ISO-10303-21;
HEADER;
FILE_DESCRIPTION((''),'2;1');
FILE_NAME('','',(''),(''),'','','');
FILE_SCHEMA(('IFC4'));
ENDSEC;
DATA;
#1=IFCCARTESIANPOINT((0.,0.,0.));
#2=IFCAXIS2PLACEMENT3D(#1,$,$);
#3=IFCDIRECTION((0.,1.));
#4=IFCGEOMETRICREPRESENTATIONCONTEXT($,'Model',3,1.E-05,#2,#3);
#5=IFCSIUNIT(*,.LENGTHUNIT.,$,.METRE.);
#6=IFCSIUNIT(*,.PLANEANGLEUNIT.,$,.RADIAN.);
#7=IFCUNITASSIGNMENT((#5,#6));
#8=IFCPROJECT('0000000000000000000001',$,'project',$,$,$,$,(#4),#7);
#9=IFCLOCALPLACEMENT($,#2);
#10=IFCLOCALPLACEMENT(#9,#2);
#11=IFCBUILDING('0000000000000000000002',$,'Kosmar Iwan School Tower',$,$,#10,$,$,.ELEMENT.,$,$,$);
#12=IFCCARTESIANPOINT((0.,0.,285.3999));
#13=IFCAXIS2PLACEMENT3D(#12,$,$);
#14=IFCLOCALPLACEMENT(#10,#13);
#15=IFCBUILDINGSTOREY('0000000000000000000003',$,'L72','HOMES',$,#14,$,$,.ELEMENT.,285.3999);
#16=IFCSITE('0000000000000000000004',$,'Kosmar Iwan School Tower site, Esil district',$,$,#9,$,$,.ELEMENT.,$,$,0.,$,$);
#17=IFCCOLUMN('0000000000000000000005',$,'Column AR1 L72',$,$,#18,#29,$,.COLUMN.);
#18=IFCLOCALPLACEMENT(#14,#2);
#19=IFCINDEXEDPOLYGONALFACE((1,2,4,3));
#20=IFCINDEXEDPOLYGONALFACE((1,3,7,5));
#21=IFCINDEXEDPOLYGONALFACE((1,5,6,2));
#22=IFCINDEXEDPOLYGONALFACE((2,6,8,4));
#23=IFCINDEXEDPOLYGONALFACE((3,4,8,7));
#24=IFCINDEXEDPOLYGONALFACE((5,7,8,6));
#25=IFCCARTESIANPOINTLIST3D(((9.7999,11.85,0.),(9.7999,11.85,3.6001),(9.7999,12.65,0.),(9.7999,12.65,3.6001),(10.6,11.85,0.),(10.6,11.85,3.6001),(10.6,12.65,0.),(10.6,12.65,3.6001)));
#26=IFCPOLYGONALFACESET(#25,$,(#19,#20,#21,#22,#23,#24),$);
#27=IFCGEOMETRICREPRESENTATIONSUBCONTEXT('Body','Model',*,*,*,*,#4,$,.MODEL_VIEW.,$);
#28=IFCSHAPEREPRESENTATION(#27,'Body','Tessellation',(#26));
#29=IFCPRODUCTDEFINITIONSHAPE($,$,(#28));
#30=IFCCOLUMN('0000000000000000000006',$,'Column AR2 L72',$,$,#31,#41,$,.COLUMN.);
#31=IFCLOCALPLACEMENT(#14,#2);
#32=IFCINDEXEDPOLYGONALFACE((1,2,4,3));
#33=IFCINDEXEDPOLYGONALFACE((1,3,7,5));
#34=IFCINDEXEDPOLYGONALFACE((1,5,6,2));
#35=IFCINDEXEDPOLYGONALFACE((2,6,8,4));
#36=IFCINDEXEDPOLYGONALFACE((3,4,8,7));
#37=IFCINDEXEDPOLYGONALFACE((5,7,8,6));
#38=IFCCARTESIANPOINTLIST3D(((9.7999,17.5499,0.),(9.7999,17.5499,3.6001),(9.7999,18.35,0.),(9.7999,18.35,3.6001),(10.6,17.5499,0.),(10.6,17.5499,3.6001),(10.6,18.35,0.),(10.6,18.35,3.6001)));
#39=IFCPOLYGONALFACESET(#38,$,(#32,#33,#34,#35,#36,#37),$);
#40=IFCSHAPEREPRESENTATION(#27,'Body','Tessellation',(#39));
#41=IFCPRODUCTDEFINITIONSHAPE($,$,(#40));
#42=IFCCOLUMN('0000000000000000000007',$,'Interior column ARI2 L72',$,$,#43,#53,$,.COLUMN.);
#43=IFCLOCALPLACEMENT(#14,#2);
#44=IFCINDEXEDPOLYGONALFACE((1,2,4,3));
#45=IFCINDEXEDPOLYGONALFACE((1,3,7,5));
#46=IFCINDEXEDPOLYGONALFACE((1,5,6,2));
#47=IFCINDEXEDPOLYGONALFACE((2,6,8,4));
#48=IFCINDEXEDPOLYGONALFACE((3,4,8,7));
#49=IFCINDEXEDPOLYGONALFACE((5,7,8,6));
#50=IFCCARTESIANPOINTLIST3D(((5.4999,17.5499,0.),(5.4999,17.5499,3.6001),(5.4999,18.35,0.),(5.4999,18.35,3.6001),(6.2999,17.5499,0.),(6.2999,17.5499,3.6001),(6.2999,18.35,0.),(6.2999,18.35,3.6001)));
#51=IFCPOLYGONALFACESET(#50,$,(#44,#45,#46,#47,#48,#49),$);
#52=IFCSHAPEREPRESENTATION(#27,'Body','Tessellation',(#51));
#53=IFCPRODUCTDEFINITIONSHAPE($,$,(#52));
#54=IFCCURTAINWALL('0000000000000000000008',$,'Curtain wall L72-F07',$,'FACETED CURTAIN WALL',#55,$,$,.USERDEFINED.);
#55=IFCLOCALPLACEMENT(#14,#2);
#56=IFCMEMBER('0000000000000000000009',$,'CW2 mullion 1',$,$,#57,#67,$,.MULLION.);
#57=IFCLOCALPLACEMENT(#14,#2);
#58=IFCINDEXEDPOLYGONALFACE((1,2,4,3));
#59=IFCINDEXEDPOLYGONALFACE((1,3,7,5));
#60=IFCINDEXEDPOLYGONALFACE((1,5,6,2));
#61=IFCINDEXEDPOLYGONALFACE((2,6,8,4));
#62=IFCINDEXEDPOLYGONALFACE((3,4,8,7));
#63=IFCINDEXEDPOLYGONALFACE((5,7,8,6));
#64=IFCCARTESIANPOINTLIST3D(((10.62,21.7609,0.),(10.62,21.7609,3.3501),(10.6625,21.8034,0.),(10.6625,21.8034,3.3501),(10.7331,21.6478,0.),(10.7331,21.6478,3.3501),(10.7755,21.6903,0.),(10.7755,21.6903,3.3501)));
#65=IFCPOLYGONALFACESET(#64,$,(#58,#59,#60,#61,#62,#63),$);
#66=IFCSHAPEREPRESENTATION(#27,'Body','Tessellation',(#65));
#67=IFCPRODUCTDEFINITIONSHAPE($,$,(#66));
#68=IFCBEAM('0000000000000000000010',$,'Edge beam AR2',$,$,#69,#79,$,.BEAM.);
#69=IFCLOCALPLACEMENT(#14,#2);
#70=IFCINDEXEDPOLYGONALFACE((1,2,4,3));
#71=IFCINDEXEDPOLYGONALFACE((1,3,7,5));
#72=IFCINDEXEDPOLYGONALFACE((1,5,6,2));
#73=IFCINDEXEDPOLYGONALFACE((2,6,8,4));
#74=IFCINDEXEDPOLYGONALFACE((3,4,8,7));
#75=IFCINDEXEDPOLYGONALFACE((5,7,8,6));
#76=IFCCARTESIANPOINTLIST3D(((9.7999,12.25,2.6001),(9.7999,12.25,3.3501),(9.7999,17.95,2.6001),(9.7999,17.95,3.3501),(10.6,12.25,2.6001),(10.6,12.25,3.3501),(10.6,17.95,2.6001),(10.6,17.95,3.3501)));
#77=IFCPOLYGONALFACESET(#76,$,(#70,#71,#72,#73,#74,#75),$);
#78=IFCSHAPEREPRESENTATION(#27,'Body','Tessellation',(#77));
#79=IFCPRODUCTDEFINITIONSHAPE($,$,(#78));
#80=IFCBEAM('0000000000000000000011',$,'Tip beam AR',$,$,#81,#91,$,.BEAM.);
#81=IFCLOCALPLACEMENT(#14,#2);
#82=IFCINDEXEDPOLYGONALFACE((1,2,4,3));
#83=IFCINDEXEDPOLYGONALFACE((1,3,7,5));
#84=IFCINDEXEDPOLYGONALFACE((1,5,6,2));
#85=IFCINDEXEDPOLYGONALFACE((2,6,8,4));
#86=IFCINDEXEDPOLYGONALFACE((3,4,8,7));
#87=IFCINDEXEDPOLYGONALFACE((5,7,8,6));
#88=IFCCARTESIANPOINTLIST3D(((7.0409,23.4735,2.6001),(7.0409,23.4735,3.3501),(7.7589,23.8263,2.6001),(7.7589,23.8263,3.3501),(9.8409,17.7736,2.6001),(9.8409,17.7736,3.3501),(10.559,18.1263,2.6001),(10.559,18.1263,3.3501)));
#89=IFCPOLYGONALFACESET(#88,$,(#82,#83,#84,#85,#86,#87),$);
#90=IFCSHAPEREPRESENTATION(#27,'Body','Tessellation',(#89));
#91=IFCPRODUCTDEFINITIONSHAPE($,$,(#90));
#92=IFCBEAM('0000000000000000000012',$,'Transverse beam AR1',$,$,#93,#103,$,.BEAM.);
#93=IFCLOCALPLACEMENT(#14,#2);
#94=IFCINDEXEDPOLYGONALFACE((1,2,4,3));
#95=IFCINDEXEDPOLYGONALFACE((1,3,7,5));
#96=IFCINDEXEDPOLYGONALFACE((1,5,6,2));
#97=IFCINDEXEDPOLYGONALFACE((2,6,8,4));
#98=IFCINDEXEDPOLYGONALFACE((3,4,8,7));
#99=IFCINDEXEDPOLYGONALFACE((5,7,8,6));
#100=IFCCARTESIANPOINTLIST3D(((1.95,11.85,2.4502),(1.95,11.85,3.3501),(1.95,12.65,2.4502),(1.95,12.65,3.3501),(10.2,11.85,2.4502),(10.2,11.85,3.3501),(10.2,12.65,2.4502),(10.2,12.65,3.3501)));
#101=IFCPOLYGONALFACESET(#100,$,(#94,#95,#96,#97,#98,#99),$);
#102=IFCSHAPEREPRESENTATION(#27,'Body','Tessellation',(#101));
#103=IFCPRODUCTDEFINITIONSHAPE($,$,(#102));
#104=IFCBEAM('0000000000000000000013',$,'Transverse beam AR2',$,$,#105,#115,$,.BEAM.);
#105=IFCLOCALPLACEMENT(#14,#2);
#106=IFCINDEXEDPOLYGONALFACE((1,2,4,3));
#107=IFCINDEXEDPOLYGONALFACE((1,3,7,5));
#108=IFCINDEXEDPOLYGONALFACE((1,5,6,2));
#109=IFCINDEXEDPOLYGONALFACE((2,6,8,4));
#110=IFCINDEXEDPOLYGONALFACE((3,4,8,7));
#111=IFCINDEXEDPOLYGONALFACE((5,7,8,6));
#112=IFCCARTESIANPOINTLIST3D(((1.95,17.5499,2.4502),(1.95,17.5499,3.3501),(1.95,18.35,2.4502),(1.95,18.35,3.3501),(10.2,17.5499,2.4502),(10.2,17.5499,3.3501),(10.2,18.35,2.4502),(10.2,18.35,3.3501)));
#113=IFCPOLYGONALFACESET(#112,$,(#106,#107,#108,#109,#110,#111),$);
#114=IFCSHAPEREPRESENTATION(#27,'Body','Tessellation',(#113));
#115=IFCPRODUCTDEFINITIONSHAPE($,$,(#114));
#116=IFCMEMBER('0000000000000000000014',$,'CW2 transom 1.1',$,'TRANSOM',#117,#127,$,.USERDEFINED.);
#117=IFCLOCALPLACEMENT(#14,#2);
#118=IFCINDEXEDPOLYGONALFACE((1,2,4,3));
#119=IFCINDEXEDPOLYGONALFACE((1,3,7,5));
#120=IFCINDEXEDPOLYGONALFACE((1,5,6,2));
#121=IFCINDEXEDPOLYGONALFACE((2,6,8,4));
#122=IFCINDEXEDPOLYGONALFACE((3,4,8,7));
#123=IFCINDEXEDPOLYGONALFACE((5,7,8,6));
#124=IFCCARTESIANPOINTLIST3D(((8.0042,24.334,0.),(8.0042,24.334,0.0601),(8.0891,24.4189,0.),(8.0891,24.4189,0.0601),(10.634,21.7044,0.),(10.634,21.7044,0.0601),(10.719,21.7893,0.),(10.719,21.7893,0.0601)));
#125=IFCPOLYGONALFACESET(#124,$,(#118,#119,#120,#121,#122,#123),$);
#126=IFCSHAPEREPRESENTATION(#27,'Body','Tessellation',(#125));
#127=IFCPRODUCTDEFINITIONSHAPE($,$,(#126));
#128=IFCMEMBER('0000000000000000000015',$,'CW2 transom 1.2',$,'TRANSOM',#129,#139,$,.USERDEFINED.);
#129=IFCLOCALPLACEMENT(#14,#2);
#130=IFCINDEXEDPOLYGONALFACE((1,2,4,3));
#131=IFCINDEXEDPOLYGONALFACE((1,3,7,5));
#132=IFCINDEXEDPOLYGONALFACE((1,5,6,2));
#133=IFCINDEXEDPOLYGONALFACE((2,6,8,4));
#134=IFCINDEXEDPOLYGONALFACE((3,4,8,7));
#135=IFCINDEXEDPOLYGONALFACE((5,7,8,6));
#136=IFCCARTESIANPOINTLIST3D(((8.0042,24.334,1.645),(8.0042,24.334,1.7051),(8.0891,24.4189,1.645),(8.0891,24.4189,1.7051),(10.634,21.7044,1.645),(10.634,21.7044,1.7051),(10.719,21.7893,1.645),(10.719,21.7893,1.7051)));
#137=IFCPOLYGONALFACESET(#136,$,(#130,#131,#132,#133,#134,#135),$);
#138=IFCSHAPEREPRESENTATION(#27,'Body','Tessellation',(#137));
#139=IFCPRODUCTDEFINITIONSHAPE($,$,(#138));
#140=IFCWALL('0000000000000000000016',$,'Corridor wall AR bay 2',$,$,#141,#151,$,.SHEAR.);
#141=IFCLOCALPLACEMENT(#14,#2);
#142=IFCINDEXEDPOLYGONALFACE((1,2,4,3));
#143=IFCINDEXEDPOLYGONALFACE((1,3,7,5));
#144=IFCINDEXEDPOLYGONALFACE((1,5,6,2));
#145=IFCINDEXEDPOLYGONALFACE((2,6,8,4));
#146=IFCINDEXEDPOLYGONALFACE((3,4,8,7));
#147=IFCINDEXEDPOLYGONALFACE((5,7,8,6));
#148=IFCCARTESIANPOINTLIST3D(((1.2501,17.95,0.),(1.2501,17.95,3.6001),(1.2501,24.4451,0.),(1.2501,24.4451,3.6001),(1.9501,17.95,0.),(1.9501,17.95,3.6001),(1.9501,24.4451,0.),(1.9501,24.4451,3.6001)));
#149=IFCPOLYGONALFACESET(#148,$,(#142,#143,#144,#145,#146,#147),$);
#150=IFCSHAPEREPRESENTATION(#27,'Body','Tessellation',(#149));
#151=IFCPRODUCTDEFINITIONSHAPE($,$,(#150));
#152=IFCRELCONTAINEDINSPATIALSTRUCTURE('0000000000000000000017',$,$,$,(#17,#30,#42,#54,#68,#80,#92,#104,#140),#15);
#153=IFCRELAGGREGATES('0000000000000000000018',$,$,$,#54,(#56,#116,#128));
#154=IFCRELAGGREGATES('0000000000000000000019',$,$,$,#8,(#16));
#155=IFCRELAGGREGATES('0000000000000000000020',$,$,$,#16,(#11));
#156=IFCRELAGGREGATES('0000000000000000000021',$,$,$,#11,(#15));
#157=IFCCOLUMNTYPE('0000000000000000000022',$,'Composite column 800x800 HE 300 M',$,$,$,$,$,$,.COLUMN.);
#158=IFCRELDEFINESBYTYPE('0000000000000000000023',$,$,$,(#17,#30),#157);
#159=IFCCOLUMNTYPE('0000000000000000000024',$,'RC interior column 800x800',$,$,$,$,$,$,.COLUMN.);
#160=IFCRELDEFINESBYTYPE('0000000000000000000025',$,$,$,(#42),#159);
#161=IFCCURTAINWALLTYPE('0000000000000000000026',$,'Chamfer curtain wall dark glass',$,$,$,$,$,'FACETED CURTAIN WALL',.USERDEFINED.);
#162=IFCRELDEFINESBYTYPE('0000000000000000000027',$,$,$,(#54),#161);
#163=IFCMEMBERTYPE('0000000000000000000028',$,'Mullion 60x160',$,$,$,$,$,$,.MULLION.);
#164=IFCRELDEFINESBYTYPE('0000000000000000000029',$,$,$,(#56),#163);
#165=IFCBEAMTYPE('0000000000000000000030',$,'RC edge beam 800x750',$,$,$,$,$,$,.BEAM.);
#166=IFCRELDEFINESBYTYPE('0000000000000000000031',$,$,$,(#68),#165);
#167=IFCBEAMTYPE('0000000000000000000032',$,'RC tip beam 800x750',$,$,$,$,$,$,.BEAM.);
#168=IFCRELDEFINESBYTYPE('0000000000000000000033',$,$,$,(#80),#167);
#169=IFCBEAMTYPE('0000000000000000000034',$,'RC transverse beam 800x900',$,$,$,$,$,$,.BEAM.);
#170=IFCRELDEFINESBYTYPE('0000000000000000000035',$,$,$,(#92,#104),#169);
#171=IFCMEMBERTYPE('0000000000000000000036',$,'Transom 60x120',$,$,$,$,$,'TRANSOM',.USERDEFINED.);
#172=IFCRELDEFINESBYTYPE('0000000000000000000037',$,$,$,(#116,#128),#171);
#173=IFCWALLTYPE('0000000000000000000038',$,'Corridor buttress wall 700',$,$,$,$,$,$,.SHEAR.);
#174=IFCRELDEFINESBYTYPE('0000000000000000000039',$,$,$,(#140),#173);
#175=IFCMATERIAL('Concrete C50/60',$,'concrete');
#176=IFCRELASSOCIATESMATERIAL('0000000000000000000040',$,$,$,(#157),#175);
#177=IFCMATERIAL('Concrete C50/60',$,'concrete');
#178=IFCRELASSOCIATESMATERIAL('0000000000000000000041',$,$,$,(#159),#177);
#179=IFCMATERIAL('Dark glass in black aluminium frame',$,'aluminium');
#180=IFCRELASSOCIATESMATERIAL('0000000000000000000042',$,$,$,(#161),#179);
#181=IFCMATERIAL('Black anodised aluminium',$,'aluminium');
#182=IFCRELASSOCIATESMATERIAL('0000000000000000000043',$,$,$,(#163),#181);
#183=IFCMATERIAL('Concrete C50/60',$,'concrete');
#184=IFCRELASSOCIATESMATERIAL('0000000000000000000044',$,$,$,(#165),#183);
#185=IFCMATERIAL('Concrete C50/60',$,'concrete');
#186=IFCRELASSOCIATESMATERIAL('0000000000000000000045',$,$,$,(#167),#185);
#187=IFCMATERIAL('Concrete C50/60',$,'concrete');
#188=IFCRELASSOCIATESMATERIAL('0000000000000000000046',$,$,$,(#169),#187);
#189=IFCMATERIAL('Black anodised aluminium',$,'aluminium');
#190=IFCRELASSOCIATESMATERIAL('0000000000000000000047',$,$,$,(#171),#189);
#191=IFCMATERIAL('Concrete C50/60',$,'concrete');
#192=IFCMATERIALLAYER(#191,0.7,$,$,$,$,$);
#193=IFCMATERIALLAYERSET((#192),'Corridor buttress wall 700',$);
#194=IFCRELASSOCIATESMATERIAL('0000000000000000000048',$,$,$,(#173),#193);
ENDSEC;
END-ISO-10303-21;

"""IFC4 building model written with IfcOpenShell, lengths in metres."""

from ifc_helpers import new_model, si_unit, direction, frame, frame_2d, origin, origin_2d, place, context, subcontext, project, spatial, rectangle, extrude, material, layer, layer_set, material_profile, profile_set, type_object, element, aggregate, save


model = new_model("IFC4")

# Units and contexts
model_context = context("Model", 3, precision=1e-05, world=origin(), true_north=direction((0.0, 1.0)))
body_context = subcontext(model_context, "Body", "Model", "MODEL_VIEW")
ifc_project = project(units=[si_unit("LENGTHUNIT", "METRE"), si_unit("PLANEANGLEUNIT", "RADIAN")], contexts=[model_context])

# Site, building, storey
site_placement = place(None, origin())
site = spatial("IfcSite", under=ifc_project, at=site_placement, Name="Kosmar Iwan School Tower site, Esil district", CompositionType="ELEMENT", RefElevation=0.0)
building_placement = place(site_placement, origin())
building = spatial("IfcBuilding", under=site, at=building_placement, Name="Kosmar Iwan School Tower", CompositionType="ELEMENT")
storey_placement = place(building_placement, frame((0.0, 0.0, 285.3999)))
storey = spatial("IfcBuildingStorey", under=building, at=storey_placement, Name="L72", Description="HOMES", CompositionType="ELEMENT", Elevation=285.3999)

# Columns
ifc_material_1 = material(Name="Concrete C50/60", Category="concrete")
ifc_material_profile_1 = material_profile(ifc_material_1, rectangle(XDim=0.8, YDim=0.8, at=origin_2d()), Name="RC 800x800 + HE 300 M")
ifc_profile_set_1 = profile_set([ifc_material_profile_1], Name="Concrete C50/60")
column_type_1 = type_object("IfcColumnType", Name="Composite column 800x800 HE 300 M", PredefinedType="COLUMN", material=ifc_profile_set_1)
for number, where, z_axis, x_axis, name in (
    (1, (10.2, 12.25, 0.0), (0.0, 0.0, 1.0), (0.0, 1.0, 0.0), "Column AR1 L72"),
    (2, (10.2, 17.95, 0.0), (0.0, 0.0, 1.0), (0.0, 1.0, 0.0), "Column AR2 L72"),
):
    element("IfcColumn", number, at=place(storey_placement, frame(where, z_axis=z_axis, x_axis=x_axis)), inside=storey, type_object=column_type_1, Name=name, PredefinedType="COLUMN", context=body_context, shape_type="SweptSolid", body=[
        extrude(rectangle(XDim=0.8, YDim=0.8, at=origin_2d()), origin(), (0.0, 0.0, 1.0), 3.6001),
    ])
ifc_material_2 = material(Name="Concrete C50/60", Category="concrete")
ifc_material_profile_2 = material_profile(ifc_material_2, rectangle(XDim=0.8, YDim=0.8, at=origin_2d()), Name="RC 800x800")
ifc_profile_set_2 = profile_set([ifc_material_profile_2], Name="Concrete C50/60")
column_type_2 = type_object("IfcColumnType", Name="RC interior column 800x800", PredefinedType="COLUMN", material=ifc_profile_set_2)
column_placement = place(storey_placement, frame((5.8999, 17.95, 0.0), z_axis=(0.0, 0.0, 1.0), x_axis=(0.0, 1.0, 0.0)))
element("IfcColumn", 3, at=column_placement, inside=storey, type_object=column_type_2, Name="Interior column ARI2 L72", PredefinedType="COLUMN", context=body_context, shape_type="SweptSolid", body=[
    extrude(rectangle(XDim=0.8, YDim=0.8, at=origin_2d()), origin(), (0.0, 0.0, 1.0), 3.6001),
])

# Curtain wall, member
ifc_material_3 = material(Name="Dark glass in black aluminium frame", Category="aluminium")
curtain_wall_type = type_object("IfcCurtainWallType", Name="Chamfer curtain wall dark glass", ElementType="FACETED CURTAIN WALL", PredefinedType="USERDEFINED", material=ifc_material_3)
curtain_wall_placement = place(storey_placement, origin())
curtain_wall = element("IfcCurtainWall", 4, at=curtain_wall_placement, inside=storey, type_object=curtain_wall_type, Name="Curtain wall L72-F07", ObjectType="FACETED CURTAIN WALL", PredefinedType="USERDEFINED")
ifc_material_4 = material(Name="Black anodised aluminium", Category="aluminium")
ifc_material_profile_3 = material_profile(ifc_material_4, rectangle(XDim=0.0601, YDim=0.1599, at=origin_2d()), Name="MULLION 60x160")
ifc_profile_set_3 = profile_set([ifc_material_profile_3], Name="Black anodised aluminium")
member_type_1 = type_object("IfcMemberType", Name="Mullion 60x160", PredefinedType="MULLION", material=ifc_profile_set_3)
member_1_placement = place(storey_placement, frame((10.6978, 21.7256, 0.0), z_axis=(0.0, 0.0, 1.0), x_axis=(-0.707107, -0.707107, 0.0)))
member_1 = element("IfcMember", 5, at=member_1_placement, type_object=member_type_1, Name="CW2 mullion 1", PredefinedType="MULLION", context=body_context, shape_type="SweptSolid", body=[
    extrude(rectangle(XDim=0.0601, YDim=0.1599, at=origin_2d()), origin(), (0.0, 0.0, 1.0), 3.3501),
])

# Beams
ifc_material_5 = material(Name="Concrete C50/60", Category="concrete")
ifc_material_profile_4 = material_profile(ifc_material_5, rectangle(XDim=0.8, YDim=0.75, at=origin_2d()), Name="RC 800x750")
ifc_profile_set_4 = profile_set([ifc_material_profile_4], Name="Concrete C50/60")
beam_type_1 = type_object("IfcBeamType", Name="RC edge beam 800x750", PredefinedType="BEAM", material=ifc_profile_set_4)
beam_1_placement = place(storey_placement, frame((10.2, 12.25, 2.9751), z_axis=(0.0, 1.0, 0.0), x_axis=(-1.0, 0.0, 0.0)))
element("IfcBeam", 6, at=beam_1_placement, inside=storey, type_object=beam_type_1, Name="Edge beam AR2", PredefinedType="BEAM", context=body_context, shape_type="SweptSolid", body=[
    extrude(rectangle(XDim=0.8, YDim=0.75, at=origin_2d()), origin(), (0.0, 0.0, 1.0), 5.7),
])
ifc_material_6 = material(Name="Concrete C50/60", Category="concrete")
ifc_material_profile_5 = material_profile(ifc_material_6, rectangle(XDim=0.8, YDim=0.75, at=origin_2d()), Name="RC 800x750")
ifc_profile_set_5 = profile_set([ifc_material_profile_5], Name="Concrete C50/60")
beam_type_2 = type_object("IfcBeamType", Name="RC tip beam 800x750", PredefinedType="BEAM", material=ifc_profile_set_5)
beam_2_placement = place(storey_placement, frame((10.2, 17.95, 2.9751), z_axis=(-0.440913, 0.89755, 0.0), x_axis=(-0.89755, -0.440913, 0.0)))
element("IfcBeam", 7, at=beam_2_placement, inside=storey, type_object=beam_type_2, Name="Tip beam AR", PredefinedType="BEAM", context=body_context, shape_type="SweptSolid", body=[
    extrude(rectangle(XDim=0.8, YDim=0.75, at=origin_2d()), origin(), (0.0, 0.0, 1.0), 6.3506),
])
ifc_material_7 = material(Name="Concrete C50/60", Category="concrete")
ifc_material_profile_6 = material_profile(ifc_material_7, rectangle(XDim=0.8, YDim=0.8999, at=origin_2d()), Name="RC 800x900")
ifc_profile_set_6 = profile_set([ifc_material_profile_6], Name="Concrete C50/60")
beam_type_3 = type_object("IfcBeamType", Name="RC transverse beam 800x900", PredefinedType="BEAM", material=ifc_profile_set_6)
for number, where, z_axis, x_axis, name in (
    (8, (10.2, 12.25, 2.9001), (-1.0, 0.0, 0.0), (0.0, -1.0, 0.0), "Transverse beam AR1"),
    (9, (10.2, 17.95, 2.9001), (-1.0, 0.0, 0.0), (0.0, -1.0, 0.0), "Transverse beam AR2"),
):
    element("IfcBeam", number, at=place(storey_placement, frame(where, z_axis=z_axis, x_axis=x_axis)), inside=storey, type_object=beam_type_3, Name=name, PredefinedType="BEAM", context=body_context, shape_type="SweptSolid", body=[
        extrude(rectangle(XDim=0.8, YDim=0.8999, at=origin_2d()), origin(), (0.0, 0.0, 1.0), 8.25),
    ])

# Members
ifc_material_8 = material(Name="Black anodised aluminium", Category="aluminium")
ifc_material_profile_7 = material_profile(ifc_material_8, rectangle(XDim=0.1201, YDim=0.0601, at=origin_2d()), Name="TRANSOM 60x120")
ifc_profile_set_7 = profile_set([ifc_material_profile_7], Name="Black anodised aluminium")
member_type_2 = type_object("IfcMemberType", Name="Transom 60x120", ElementType="TRANSOM", PredefinedType="USERDEFINED", material=ifc_profile_set_7)
member_2_placement = place(storey_placement, frame((10.6765, 21.7468, 0.03), z_axis=(-0.70714, 0.707074, 0.0), x_axis=(-0.707074, -0.70714, 0.0)))
member_2 = element("IfcMember", 10, at=member_2_placement, type_object=member_type_2, Name="CW2 transom 1.1", ObjectType="TRANSOM", PredefinedType="USERDEFINED", context=body_context, shape_type="SweptSolid", body=[
    extrude(rectangle(XDim=0.1201, YDim=0.0601, at=origin_2d()), origin(), (0.0, 0.0, 1.0), 3.719),
])
member_3_placement = place(storey_placement, frame((10.6765, 21.7468, 1.675), z_axis=(-0.70714, 0.707074, 0.0), x_axis=(-0.707074, -0.70714, 0.0)))
member_3 = element("IfcMember", 11, at=member_3_placement, type_object=member_type_2, Name="CW2 transom 1.2", ObjectType="TRANSOM", PredefinedType="USERDEFINED", context=body_context, shape_type="SweptSolid", body=[
    extrude(rectangle(XDim=0.1201, YDim=0.0601, at=origin_2d()), origin(), (0.0, 0.0, 1.0), 3.719),
])
aggregate(curtain_wall, [member_1, member_2, member_3])

# Wall
ifc_material_9 = material(Name="Concrete C50/60", Category="concrete")
ifc_layer_1 = layer(ifc_material_9, 0.7)
ifc_layer_set_1 = layer_set([ifc_layer_1], Name="Corridor buttress wall 700")
wall_type_1 = type_object("IfcWallType", Name="Corridor buttress wall 700", PredefinedType="SHEAR", material=ifc_layer_set_1)
wall_1_placement = place(storey_placement, frame((1.6001, 17.95, 0.0), z_axis=(0.0, 0.0, 1.0), x_axis=(0.0, 1.0, 0.0)))
element("IfcWall", 12, at=wall_1_placement, inside=storey, type_object=wall_type_1, Name="Corridor wall AR bay 2", PredefinedType="SHEAR", context=body_context, shape_type="SweptSolid", body=[
    extrude(rectangle(XDim=6.4951, YDim=0.7, at=frame_2d((3.2476, 0.0))), origin(), (0.0, 0.0, 1.0), 3.6001),
])

save(model, "model.ifc")
